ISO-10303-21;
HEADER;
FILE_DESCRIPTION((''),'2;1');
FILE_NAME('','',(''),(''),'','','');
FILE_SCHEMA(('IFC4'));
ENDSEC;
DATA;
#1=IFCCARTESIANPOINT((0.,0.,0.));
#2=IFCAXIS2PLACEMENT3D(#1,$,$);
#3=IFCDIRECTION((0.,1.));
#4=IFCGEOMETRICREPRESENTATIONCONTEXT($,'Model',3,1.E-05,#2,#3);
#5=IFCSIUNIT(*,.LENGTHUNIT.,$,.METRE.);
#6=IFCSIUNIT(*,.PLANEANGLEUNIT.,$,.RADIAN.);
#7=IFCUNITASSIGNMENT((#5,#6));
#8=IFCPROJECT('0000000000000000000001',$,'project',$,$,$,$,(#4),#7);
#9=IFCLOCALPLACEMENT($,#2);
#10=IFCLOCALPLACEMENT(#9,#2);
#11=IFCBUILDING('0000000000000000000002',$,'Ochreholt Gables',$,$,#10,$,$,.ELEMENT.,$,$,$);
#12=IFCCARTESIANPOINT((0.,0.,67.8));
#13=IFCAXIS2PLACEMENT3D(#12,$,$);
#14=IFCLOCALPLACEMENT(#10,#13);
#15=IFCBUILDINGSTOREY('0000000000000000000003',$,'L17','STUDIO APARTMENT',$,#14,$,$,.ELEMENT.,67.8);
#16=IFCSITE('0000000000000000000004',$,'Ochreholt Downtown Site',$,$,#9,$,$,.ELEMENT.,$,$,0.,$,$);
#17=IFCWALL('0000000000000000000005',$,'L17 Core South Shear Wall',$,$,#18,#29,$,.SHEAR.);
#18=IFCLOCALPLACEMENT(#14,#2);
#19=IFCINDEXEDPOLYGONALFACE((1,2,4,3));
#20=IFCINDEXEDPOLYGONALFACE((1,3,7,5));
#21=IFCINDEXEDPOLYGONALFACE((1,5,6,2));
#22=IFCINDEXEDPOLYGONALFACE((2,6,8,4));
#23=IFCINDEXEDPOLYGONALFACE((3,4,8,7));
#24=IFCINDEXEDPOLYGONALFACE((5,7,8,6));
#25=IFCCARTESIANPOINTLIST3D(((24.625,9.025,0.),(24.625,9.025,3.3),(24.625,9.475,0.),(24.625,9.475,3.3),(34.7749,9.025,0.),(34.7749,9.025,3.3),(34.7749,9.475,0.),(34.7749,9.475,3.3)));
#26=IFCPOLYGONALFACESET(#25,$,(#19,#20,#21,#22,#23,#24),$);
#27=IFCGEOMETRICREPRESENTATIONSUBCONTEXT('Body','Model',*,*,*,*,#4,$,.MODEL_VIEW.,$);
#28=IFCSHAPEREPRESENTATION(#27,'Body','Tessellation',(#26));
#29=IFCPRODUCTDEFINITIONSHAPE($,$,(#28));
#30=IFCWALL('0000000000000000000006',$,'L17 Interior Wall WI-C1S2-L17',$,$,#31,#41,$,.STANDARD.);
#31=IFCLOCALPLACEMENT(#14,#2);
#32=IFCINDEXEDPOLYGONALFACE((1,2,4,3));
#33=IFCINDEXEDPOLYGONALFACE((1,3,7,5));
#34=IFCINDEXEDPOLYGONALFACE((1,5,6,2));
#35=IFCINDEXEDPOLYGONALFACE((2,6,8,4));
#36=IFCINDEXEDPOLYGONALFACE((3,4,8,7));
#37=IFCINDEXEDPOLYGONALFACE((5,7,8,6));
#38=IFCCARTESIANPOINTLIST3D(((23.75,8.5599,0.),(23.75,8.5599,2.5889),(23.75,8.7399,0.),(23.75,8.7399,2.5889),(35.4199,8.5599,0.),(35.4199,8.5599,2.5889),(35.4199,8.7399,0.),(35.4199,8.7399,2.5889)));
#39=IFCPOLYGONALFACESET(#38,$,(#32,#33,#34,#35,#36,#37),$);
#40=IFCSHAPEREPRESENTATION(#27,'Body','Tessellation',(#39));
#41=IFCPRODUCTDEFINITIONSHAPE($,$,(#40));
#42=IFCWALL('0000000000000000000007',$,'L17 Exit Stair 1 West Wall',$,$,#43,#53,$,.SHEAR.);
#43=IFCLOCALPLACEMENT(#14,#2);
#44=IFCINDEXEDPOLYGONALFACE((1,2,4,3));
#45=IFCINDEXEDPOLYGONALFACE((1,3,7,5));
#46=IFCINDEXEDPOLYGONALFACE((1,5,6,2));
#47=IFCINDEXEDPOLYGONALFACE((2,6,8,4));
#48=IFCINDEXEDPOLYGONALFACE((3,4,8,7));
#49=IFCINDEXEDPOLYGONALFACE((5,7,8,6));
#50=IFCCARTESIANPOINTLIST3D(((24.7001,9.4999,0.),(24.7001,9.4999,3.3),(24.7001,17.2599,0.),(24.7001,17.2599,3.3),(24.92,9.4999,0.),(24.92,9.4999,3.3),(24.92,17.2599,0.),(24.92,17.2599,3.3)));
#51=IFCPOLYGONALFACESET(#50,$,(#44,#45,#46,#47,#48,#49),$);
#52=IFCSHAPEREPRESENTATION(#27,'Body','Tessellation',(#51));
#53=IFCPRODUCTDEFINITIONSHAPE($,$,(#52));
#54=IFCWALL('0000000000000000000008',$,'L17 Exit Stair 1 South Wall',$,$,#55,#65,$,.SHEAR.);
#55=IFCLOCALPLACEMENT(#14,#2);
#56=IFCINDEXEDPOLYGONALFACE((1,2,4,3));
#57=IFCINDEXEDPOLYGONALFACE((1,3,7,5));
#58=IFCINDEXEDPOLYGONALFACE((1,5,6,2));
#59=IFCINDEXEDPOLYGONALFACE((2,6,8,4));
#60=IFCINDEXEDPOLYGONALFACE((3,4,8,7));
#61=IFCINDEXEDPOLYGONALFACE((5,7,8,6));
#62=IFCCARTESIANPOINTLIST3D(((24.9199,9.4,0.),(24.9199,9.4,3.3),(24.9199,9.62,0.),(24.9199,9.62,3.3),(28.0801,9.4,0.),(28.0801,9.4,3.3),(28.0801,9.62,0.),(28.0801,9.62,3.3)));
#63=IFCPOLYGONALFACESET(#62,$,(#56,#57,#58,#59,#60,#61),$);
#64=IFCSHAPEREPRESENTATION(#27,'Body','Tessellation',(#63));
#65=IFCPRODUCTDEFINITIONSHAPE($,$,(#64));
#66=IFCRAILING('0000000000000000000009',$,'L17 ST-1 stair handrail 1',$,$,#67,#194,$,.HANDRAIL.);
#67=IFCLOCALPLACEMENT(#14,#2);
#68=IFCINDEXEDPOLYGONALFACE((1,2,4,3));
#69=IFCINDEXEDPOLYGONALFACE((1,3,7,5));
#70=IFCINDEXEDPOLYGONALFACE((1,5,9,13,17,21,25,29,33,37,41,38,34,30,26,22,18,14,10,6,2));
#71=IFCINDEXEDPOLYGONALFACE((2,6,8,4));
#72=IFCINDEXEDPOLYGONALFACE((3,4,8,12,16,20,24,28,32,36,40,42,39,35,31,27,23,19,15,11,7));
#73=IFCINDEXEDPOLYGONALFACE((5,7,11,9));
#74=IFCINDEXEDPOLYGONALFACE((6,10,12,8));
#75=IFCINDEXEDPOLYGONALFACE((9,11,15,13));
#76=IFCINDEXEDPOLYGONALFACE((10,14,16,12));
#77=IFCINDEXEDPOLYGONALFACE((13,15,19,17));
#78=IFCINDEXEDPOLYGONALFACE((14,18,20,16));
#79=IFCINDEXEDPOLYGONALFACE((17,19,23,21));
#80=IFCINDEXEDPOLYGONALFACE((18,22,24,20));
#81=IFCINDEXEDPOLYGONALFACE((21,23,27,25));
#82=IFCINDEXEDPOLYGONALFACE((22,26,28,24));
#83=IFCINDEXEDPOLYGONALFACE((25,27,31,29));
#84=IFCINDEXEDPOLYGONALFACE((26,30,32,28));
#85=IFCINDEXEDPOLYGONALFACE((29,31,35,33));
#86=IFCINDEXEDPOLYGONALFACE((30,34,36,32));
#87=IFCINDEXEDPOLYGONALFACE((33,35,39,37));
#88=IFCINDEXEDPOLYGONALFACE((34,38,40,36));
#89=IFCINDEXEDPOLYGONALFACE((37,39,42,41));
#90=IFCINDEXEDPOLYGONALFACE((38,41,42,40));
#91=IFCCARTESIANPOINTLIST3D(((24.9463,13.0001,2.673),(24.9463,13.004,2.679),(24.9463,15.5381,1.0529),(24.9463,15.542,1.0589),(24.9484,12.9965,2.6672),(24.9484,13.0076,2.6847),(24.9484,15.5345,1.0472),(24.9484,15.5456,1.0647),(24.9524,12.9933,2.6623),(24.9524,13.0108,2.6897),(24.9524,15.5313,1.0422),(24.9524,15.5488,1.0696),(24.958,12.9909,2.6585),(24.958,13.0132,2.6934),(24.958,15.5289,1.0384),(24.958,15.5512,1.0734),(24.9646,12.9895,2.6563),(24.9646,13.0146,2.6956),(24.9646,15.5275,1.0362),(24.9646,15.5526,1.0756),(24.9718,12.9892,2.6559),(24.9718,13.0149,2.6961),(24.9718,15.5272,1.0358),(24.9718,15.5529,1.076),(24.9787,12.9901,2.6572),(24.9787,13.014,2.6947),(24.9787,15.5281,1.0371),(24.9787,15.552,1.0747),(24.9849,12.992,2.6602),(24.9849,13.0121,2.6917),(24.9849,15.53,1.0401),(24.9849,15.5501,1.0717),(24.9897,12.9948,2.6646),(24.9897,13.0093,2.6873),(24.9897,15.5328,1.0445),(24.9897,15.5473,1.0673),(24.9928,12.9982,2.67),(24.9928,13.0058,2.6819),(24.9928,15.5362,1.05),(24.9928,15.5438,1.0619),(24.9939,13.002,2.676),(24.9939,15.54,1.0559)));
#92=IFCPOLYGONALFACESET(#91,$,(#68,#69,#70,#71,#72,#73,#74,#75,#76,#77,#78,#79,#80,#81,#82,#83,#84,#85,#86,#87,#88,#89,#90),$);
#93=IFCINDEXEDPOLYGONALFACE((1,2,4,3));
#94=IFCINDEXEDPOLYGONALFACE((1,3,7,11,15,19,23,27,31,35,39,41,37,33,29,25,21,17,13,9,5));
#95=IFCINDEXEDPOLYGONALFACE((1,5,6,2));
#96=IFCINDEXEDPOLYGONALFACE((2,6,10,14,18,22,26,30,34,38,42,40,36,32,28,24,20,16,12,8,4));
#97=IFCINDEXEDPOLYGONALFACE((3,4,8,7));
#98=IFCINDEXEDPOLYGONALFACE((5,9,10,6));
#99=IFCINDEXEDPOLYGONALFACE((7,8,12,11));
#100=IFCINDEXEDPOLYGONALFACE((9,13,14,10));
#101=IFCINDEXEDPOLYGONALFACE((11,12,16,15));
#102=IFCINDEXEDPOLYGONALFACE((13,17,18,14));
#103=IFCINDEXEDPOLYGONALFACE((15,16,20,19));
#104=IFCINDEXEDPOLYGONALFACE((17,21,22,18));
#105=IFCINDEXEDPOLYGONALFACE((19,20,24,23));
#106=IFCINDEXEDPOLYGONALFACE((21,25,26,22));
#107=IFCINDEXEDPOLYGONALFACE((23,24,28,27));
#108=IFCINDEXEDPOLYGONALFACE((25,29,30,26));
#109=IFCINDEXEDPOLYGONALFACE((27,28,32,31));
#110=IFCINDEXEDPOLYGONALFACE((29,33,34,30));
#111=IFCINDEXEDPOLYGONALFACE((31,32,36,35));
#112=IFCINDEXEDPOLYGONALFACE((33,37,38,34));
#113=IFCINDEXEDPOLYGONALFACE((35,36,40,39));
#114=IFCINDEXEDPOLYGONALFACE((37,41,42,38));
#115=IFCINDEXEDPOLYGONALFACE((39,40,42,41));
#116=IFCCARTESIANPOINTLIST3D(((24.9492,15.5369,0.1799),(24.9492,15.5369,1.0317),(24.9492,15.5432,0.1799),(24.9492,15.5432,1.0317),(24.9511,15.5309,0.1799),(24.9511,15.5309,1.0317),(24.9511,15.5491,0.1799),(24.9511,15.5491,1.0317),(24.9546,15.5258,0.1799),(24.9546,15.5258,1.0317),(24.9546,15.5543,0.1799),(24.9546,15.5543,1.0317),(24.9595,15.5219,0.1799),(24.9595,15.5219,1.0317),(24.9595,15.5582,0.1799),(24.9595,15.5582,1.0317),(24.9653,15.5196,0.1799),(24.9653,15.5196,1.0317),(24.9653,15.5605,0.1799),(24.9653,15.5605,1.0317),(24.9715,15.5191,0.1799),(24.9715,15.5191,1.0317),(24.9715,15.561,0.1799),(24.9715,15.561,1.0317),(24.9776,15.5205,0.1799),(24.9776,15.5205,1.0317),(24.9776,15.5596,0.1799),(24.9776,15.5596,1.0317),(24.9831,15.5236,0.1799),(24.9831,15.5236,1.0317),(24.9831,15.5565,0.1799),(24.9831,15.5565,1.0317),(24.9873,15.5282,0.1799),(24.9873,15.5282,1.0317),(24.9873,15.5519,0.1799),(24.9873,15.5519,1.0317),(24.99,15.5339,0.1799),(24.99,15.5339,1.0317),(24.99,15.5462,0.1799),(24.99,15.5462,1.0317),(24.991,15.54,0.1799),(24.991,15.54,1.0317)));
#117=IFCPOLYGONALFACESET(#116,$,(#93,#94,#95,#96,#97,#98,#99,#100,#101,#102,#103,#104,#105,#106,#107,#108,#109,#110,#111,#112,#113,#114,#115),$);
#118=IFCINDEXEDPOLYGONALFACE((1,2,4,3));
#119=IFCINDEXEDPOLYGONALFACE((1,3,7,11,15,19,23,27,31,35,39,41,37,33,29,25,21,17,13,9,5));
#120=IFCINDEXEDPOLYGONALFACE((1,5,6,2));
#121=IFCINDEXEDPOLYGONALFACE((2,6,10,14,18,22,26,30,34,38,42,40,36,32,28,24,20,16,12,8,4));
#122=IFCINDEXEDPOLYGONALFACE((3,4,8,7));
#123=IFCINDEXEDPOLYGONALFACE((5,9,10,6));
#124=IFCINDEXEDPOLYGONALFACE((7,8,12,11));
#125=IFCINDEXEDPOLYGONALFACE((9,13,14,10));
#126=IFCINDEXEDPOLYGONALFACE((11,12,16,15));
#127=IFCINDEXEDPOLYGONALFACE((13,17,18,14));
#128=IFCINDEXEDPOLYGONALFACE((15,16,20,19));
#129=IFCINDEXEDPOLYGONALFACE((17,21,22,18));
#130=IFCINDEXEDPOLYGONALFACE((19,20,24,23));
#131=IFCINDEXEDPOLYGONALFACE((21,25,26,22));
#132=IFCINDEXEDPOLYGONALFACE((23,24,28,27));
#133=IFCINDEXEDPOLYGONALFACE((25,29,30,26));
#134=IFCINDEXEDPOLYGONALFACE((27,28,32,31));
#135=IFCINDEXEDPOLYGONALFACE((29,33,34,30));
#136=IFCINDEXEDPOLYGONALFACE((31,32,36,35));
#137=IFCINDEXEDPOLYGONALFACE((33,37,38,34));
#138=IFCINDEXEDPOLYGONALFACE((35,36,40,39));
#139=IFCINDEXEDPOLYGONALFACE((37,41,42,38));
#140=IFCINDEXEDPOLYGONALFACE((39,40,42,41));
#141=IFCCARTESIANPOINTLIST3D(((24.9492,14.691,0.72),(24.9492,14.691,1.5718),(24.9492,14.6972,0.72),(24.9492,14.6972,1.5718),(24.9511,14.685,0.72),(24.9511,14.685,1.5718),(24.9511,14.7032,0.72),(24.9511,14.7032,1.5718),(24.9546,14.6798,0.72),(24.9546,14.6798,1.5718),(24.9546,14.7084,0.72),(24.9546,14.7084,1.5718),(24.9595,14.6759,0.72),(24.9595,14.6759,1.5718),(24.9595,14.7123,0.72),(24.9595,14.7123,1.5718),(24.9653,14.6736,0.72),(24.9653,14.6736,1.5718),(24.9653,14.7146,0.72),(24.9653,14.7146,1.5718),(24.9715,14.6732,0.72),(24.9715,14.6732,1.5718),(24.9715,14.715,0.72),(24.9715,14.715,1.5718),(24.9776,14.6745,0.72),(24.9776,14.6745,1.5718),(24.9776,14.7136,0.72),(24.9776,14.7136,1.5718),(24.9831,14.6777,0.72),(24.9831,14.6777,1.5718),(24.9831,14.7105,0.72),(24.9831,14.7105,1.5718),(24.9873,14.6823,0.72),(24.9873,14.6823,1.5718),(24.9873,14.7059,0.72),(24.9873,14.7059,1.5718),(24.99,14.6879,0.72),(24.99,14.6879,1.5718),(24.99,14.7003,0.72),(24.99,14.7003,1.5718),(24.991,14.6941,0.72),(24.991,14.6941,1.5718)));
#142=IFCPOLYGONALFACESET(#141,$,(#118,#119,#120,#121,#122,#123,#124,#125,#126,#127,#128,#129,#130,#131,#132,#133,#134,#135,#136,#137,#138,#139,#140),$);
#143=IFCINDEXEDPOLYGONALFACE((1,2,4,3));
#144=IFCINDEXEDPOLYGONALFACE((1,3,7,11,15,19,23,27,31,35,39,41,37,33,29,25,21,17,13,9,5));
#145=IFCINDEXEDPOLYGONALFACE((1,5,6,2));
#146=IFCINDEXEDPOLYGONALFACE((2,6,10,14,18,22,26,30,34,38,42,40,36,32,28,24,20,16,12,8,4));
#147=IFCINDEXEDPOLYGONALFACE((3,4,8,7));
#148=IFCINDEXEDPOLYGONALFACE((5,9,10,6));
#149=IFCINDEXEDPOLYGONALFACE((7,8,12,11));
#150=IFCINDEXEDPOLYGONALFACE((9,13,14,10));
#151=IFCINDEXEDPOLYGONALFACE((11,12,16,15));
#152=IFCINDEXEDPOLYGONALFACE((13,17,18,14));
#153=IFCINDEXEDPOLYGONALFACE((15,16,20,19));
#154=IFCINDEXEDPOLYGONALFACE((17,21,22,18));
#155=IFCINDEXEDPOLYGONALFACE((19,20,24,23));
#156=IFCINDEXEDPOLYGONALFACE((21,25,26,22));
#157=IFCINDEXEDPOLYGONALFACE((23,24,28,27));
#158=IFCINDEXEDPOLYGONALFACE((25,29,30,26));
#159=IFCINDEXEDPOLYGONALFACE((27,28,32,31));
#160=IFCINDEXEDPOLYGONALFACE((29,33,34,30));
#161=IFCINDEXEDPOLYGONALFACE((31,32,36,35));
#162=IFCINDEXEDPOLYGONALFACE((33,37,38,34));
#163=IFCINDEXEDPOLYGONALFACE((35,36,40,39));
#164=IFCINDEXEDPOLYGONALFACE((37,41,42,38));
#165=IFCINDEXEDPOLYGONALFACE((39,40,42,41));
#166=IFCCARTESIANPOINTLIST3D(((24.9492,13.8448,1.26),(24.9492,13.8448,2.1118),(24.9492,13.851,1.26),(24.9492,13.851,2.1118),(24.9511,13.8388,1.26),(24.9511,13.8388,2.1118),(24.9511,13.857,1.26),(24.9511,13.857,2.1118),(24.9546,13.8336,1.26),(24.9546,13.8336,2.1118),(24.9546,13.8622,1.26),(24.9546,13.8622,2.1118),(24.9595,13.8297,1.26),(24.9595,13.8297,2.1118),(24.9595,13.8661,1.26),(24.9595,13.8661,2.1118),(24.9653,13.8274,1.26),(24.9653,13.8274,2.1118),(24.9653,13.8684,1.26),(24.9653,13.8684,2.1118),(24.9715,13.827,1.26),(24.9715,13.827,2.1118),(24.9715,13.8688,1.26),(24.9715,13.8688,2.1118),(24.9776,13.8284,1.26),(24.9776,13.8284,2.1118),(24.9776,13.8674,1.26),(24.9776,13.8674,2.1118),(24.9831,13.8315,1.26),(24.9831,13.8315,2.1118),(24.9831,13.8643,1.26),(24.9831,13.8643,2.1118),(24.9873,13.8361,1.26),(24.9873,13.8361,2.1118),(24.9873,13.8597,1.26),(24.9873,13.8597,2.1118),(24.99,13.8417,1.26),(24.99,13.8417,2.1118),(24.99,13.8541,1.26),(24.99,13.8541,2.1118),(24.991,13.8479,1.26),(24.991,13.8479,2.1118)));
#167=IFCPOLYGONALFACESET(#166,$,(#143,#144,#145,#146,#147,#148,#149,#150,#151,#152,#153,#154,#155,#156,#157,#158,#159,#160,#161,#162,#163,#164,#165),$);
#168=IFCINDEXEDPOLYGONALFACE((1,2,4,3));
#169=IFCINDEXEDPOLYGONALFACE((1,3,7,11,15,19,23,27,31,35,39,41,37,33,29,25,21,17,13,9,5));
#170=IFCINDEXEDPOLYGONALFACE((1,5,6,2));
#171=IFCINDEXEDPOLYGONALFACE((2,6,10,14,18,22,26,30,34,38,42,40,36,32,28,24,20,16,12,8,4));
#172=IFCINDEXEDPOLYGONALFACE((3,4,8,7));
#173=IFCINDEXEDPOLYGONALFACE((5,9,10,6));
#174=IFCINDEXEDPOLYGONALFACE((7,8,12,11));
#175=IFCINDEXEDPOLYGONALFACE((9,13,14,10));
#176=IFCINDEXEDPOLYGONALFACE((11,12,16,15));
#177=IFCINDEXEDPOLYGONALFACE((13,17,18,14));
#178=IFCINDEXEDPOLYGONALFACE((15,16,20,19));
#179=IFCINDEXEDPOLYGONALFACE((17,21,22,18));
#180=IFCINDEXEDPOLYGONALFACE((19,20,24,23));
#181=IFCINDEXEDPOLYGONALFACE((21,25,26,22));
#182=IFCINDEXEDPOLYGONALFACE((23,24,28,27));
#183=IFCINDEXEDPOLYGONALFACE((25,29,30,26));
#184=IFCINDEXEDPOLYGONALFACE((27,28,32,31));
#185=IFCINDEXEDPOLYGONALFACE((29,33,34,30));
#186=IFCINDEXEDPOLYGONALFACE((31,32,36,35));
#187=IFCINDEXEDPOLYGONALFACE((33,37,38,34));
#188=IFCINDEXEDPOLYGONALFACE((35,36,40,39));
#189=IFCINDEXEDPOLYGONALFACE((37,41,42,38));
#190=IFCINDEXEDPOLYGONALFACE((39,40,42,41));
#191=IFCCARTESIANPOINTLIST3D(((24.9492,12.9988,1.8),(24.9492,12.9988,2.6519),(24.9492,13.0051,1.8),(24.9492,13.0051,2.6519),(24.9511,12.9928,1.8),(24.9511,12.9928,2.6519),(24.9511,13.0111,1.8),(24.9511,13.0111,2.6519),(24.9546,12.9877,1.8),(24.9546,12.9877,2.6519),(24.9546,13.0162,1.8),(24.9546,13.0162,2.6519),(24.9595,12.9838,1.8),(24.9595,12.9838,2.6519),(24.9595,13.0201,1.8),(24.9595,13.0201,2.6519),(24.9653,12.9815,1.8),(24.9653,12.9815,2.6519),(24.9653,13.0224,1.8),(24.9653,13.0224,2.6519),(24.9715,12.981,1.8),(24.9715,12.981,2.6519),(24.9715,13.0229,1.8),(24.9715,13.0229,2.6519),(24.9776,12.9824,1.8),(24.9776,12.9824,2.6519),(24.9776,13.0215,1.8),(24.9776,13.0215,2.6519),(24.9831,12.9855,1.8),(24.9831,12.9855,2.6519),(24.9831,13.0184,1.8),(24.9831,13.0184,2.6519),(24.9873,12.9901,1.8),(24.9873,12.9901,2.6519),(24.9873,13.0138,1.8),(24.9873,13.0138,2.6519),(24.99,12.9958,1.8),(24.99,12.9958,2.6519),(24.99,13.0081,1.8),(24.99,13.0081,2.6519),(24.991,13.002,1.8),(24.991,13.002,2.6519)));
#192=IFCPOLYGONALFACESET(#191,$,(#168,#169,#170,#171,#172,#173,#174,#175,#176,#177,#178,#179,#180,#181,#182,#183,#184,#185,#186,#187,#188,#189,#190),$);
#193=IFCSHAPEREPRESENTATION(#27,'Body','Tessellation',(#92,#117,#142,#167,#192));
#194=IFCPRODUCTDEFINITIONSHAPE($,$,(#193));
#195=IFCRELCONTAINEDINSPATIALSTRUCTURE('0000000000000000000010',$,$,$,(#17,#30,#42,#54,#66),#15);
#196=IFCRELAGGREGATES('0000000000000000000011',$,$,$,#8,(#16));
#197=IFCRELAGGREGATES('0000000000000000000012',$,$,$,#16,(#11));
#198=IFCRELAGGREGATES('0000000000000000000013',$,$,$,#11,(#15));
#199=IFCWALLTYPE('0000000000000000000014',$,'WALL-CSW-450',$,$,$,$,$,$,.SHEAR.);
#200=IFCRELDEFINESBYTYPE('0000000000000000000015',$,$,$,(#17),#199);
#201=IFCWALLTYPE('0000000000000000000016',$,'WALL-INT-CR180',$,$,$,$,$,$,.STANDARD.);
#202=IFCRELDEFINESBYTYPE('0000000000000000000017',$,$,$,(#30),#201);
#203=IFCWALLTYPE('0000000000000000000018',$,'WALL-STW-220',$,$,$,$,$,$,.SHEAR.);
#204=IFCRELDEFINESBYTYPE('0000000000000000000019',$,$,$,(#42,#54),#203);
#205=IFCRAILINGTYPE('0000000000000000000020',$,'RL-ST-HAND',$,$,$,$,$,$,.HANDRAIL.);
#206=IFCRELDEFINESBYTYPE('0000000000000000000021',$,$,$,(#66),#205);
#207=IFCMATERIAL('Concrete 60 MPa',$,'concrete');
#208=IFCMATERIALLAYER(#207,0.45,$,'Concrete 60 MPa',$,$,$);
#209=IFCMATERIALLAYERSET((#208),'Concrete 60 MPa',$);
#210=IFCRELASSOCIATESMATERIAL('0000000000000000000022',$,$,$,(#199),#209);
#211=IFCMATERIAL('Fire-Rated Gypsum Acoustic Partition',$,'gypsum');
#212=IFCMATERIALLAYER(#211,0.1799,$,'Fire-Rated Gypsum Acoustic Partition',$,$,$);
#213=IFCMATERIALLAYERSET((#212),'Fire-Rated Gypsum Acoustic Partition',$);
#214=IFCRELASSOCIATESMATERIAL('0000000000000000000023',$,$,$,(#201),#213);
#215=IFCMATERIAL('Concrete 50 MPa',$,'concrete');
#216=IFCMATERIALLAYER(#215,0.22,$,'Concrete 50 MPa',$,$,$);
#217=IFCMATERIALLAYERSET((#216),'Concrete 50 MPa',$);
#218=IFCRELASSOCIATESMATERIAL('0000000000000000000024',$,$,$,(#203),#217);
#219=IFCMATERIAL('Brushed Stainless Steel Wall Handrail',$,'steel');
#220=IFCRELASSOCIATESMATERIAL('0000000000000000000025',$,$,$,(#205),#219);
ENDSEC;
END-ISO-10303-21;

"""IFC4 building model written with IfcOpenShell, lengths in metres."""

from ifc_helpers import new_model, si_unit, direction, frame, frame_2d, origin, origin_2d, place, context, subcontext, project, spatial, rectangle, circle, extrude, material, layer, layer_set, type_object, element, save


model = new_model("IFC4")

# Units and contexts
model_context = context("Model", 3, precision=1e-05, world=origin(), true_north=direction((0.0, 1.0)))
body_context = subcontext(model_context, "Body", "Model", "MODEL_VIEW")
ifc_project = project(units=[si_unit("LENGTHUNIT", "METRE"), si_unit("PLANEANGLEUNIT", "RADIAN")], contexts=[model_context])

# Site, building, storey
site_placement = place(None, origin())
site = spatial("IfcSite", under=ifc_project, at=site_placement, Name="Ochreholt Downtown Site", CompositionType="ELEMENT", RefElevation=0.0)
building_placement = place(site_placement, origin())
building = spatial("IfcBuilding", under=site, at=building_placement, Name="Ochreholt Gables", CompositionType="ELEMENT")
storey_placement = place(building_placement, frame((0.0, 0.0, 67.8)))
storey = spatial("IfcBuildingStorey", under=building, at=storey_placement, Name="L17", Description="STUDIO APARTMENT", CompositionType="ELEMENT", Elevation=67.8)

# Shared definitions
ifc_material_1 = material(Name="Concrete 60 MPa", Category="concrete")

# Walls
ifc_layer_1 = layer(ifc_material_1, 0.45, Name="Concrete 60 MPa")
ifc_layer_set_1 = layer_set([ifc_layer_1], Name="Concrete 60 MPa")
wall_type_1 = type_object("IfcWallType", Name="WALL-CSW-450", PredefinedType="SHEAR", material=ifc_layer_set_1)
wall_1_placement = place(storey_placement, frame((24.625, 9.25, 0.0), z_axis=(0.0, 0.0, 1.0), x_axis=(1.0, 0.0, 0.0)))
element("IfcWall", 1, at=wall_1_placement, inside=storey, type_object=wall_type_1, Name="L17 Core South Shear Wall", PredefinedType="SHEAR", context=body_context, shape_type="SweptSolid", body=[
    extrude(rectangle(XDim=10.1499, YDim=0.45, at=frame_2d((5.075, 0.0))), origin(), (0.0, 0.0, 1.0), 3.3),
])
ifc_material_2 = material(Name="Fire-Rated Gypsum Acoustic Partition", Category="gypsum")
ifc_layer_2 = layer(ifc_material_2, 0.1799, Name="Fire-Rated Gypsum Acoustic Partition")
ifc_layer_set_2 = layer_set([ifc_layer_2], Name="Fire-Rated Gypsum Acoustic Partition")
wall_type_2 = type_object("IfcWallType", Name="WALL-INT-CR180", PredefinedType="STANDARD", material=ifc_layer_set_2)
wall_2_placement = place(storey_placement, frame((23.75, 8.6499, 0.0), z_axis=(0.0, 0.0, 1.0), x_axis=(1.0, 0.0, 0.0)))
element("IfcWall", 2, at=wall_2_placement, inside=storey, type_object=wall_type_2, Name="L17 Interior Wall WI-C1S2-L17", PredefinedType="STANDARD", context=body_context, shape_type="SweptSolid", body=[
    extrude(rectangle(XDim=11.6699, YDim=0.1799, at=frame_2d((5.835, 0.0))), origin(), (0.0, 0.0, 1.0), 2.5889),
])
ifc_material_3 = material(Name="Concrete 50 MPa", Category="concrete")
ifc_layer_3 = layer(ifc_material_3, 0.22, Name="Concrete 50 MPa")
ifc_layer_set_3 = layer_set([ifc_layer_3], Name="Concrete 50 MPa")
wall_type_3 = type_object("IfcWallType", Name="WALL-STW-220", PredefinedType="SHEAR", material=ifc_layer_set_3)
wall_3_placement = place(storey_placement, frame((24.8101, 9.5, 0.0), z_axis=(0.0, 0.0, 1.0), x_axis=(0.0, 1.0, 0.0)))
element("IfcWall", 3, at=wall_3_placement, inside=storey, type_object=wall_type_3, Name="L17 Exit Stair 1 West Wall", PredefinedType="SHEAR", context=body_context, shape_type="SweptSolid", body=[
    extrude(rectangle(XDim=7.76, YDim=0.22, at=frame_2d((3.8799, 0.0))), origin(), (0.0, 0.0, 1.0), 3.3),
])
wall_4_placement = place(storey_placement, frame((24.9199, 9.51, 0.0), z_axis=(0.0, 0.0, 1.0), x_axis=(1.0, 0.0, 0.0)))
element("IfcWall", 4, at=wall_4_placement, inside=storey, type_object=wall_type_3, Name="L17 Exit Stair 1 South Wall", PredefinedType="SHEAR", context=body_context, shape_type="SweptSolid", body=[
    extrude(rectangle(XDim=3.1602, YDim=0.22, at=frame_2d((1.5801, 0.0))), origin(), (0.0, 0.0, 1.0), 3.3),
])

# Railing
ifc_material_4 = material(Name="Brushed Stainless Steel Wall Handrail", Category="steel")
railing_type = type_object("IfcRailingType", Name="RL-ST-HAND", PredefinedType="HANDRAIL", material=ifc_material_4)
railing_placement = place(storey_placement, frame((24.97, 15.54, 0.1799)))
element("IfcRailing", 5, at=railing_placement, inside=storey, type_object=railing_type, Name="L17 ST-1 stair handrail 1", PredefinedType="HANDRAIL", context=body_context, shape_type="SweptSolid", body=[
    extrude(circle(Radius=0.0239, at=origin_2d()), frame((0.0, 0.0, 0.876), z_axis=(0.0, -0.842913, 0.53805), x_axis=(1.0, 0.0, 0.0)), (0.0, 0.0, 1.0), 3.011),
    extrude(circle(Radius=0.021, at=origin_2d()), origin(), (0.0, 0.0, 1.0), 0.8518),
    extrude(circle(Radius=0.021, at=origin_2d()), frame((0.0, -0.8459, 0.54)), (0.0, 0.0, 1.0), 0.8518),
    extrude(circle(Radius=0.021, at=origin_2d()), frame((0.0, -1.6921, 1.0801)), (0.0, 0.0, 1.0), 0.8518),
    extrude(circle(Radius=0.021, at=origin_2d()), frame((0.0, -2.5381, 1.6201)), (0.0, 0.0, 1.0), 0.8518),
])

save(model, "model.ifc")
